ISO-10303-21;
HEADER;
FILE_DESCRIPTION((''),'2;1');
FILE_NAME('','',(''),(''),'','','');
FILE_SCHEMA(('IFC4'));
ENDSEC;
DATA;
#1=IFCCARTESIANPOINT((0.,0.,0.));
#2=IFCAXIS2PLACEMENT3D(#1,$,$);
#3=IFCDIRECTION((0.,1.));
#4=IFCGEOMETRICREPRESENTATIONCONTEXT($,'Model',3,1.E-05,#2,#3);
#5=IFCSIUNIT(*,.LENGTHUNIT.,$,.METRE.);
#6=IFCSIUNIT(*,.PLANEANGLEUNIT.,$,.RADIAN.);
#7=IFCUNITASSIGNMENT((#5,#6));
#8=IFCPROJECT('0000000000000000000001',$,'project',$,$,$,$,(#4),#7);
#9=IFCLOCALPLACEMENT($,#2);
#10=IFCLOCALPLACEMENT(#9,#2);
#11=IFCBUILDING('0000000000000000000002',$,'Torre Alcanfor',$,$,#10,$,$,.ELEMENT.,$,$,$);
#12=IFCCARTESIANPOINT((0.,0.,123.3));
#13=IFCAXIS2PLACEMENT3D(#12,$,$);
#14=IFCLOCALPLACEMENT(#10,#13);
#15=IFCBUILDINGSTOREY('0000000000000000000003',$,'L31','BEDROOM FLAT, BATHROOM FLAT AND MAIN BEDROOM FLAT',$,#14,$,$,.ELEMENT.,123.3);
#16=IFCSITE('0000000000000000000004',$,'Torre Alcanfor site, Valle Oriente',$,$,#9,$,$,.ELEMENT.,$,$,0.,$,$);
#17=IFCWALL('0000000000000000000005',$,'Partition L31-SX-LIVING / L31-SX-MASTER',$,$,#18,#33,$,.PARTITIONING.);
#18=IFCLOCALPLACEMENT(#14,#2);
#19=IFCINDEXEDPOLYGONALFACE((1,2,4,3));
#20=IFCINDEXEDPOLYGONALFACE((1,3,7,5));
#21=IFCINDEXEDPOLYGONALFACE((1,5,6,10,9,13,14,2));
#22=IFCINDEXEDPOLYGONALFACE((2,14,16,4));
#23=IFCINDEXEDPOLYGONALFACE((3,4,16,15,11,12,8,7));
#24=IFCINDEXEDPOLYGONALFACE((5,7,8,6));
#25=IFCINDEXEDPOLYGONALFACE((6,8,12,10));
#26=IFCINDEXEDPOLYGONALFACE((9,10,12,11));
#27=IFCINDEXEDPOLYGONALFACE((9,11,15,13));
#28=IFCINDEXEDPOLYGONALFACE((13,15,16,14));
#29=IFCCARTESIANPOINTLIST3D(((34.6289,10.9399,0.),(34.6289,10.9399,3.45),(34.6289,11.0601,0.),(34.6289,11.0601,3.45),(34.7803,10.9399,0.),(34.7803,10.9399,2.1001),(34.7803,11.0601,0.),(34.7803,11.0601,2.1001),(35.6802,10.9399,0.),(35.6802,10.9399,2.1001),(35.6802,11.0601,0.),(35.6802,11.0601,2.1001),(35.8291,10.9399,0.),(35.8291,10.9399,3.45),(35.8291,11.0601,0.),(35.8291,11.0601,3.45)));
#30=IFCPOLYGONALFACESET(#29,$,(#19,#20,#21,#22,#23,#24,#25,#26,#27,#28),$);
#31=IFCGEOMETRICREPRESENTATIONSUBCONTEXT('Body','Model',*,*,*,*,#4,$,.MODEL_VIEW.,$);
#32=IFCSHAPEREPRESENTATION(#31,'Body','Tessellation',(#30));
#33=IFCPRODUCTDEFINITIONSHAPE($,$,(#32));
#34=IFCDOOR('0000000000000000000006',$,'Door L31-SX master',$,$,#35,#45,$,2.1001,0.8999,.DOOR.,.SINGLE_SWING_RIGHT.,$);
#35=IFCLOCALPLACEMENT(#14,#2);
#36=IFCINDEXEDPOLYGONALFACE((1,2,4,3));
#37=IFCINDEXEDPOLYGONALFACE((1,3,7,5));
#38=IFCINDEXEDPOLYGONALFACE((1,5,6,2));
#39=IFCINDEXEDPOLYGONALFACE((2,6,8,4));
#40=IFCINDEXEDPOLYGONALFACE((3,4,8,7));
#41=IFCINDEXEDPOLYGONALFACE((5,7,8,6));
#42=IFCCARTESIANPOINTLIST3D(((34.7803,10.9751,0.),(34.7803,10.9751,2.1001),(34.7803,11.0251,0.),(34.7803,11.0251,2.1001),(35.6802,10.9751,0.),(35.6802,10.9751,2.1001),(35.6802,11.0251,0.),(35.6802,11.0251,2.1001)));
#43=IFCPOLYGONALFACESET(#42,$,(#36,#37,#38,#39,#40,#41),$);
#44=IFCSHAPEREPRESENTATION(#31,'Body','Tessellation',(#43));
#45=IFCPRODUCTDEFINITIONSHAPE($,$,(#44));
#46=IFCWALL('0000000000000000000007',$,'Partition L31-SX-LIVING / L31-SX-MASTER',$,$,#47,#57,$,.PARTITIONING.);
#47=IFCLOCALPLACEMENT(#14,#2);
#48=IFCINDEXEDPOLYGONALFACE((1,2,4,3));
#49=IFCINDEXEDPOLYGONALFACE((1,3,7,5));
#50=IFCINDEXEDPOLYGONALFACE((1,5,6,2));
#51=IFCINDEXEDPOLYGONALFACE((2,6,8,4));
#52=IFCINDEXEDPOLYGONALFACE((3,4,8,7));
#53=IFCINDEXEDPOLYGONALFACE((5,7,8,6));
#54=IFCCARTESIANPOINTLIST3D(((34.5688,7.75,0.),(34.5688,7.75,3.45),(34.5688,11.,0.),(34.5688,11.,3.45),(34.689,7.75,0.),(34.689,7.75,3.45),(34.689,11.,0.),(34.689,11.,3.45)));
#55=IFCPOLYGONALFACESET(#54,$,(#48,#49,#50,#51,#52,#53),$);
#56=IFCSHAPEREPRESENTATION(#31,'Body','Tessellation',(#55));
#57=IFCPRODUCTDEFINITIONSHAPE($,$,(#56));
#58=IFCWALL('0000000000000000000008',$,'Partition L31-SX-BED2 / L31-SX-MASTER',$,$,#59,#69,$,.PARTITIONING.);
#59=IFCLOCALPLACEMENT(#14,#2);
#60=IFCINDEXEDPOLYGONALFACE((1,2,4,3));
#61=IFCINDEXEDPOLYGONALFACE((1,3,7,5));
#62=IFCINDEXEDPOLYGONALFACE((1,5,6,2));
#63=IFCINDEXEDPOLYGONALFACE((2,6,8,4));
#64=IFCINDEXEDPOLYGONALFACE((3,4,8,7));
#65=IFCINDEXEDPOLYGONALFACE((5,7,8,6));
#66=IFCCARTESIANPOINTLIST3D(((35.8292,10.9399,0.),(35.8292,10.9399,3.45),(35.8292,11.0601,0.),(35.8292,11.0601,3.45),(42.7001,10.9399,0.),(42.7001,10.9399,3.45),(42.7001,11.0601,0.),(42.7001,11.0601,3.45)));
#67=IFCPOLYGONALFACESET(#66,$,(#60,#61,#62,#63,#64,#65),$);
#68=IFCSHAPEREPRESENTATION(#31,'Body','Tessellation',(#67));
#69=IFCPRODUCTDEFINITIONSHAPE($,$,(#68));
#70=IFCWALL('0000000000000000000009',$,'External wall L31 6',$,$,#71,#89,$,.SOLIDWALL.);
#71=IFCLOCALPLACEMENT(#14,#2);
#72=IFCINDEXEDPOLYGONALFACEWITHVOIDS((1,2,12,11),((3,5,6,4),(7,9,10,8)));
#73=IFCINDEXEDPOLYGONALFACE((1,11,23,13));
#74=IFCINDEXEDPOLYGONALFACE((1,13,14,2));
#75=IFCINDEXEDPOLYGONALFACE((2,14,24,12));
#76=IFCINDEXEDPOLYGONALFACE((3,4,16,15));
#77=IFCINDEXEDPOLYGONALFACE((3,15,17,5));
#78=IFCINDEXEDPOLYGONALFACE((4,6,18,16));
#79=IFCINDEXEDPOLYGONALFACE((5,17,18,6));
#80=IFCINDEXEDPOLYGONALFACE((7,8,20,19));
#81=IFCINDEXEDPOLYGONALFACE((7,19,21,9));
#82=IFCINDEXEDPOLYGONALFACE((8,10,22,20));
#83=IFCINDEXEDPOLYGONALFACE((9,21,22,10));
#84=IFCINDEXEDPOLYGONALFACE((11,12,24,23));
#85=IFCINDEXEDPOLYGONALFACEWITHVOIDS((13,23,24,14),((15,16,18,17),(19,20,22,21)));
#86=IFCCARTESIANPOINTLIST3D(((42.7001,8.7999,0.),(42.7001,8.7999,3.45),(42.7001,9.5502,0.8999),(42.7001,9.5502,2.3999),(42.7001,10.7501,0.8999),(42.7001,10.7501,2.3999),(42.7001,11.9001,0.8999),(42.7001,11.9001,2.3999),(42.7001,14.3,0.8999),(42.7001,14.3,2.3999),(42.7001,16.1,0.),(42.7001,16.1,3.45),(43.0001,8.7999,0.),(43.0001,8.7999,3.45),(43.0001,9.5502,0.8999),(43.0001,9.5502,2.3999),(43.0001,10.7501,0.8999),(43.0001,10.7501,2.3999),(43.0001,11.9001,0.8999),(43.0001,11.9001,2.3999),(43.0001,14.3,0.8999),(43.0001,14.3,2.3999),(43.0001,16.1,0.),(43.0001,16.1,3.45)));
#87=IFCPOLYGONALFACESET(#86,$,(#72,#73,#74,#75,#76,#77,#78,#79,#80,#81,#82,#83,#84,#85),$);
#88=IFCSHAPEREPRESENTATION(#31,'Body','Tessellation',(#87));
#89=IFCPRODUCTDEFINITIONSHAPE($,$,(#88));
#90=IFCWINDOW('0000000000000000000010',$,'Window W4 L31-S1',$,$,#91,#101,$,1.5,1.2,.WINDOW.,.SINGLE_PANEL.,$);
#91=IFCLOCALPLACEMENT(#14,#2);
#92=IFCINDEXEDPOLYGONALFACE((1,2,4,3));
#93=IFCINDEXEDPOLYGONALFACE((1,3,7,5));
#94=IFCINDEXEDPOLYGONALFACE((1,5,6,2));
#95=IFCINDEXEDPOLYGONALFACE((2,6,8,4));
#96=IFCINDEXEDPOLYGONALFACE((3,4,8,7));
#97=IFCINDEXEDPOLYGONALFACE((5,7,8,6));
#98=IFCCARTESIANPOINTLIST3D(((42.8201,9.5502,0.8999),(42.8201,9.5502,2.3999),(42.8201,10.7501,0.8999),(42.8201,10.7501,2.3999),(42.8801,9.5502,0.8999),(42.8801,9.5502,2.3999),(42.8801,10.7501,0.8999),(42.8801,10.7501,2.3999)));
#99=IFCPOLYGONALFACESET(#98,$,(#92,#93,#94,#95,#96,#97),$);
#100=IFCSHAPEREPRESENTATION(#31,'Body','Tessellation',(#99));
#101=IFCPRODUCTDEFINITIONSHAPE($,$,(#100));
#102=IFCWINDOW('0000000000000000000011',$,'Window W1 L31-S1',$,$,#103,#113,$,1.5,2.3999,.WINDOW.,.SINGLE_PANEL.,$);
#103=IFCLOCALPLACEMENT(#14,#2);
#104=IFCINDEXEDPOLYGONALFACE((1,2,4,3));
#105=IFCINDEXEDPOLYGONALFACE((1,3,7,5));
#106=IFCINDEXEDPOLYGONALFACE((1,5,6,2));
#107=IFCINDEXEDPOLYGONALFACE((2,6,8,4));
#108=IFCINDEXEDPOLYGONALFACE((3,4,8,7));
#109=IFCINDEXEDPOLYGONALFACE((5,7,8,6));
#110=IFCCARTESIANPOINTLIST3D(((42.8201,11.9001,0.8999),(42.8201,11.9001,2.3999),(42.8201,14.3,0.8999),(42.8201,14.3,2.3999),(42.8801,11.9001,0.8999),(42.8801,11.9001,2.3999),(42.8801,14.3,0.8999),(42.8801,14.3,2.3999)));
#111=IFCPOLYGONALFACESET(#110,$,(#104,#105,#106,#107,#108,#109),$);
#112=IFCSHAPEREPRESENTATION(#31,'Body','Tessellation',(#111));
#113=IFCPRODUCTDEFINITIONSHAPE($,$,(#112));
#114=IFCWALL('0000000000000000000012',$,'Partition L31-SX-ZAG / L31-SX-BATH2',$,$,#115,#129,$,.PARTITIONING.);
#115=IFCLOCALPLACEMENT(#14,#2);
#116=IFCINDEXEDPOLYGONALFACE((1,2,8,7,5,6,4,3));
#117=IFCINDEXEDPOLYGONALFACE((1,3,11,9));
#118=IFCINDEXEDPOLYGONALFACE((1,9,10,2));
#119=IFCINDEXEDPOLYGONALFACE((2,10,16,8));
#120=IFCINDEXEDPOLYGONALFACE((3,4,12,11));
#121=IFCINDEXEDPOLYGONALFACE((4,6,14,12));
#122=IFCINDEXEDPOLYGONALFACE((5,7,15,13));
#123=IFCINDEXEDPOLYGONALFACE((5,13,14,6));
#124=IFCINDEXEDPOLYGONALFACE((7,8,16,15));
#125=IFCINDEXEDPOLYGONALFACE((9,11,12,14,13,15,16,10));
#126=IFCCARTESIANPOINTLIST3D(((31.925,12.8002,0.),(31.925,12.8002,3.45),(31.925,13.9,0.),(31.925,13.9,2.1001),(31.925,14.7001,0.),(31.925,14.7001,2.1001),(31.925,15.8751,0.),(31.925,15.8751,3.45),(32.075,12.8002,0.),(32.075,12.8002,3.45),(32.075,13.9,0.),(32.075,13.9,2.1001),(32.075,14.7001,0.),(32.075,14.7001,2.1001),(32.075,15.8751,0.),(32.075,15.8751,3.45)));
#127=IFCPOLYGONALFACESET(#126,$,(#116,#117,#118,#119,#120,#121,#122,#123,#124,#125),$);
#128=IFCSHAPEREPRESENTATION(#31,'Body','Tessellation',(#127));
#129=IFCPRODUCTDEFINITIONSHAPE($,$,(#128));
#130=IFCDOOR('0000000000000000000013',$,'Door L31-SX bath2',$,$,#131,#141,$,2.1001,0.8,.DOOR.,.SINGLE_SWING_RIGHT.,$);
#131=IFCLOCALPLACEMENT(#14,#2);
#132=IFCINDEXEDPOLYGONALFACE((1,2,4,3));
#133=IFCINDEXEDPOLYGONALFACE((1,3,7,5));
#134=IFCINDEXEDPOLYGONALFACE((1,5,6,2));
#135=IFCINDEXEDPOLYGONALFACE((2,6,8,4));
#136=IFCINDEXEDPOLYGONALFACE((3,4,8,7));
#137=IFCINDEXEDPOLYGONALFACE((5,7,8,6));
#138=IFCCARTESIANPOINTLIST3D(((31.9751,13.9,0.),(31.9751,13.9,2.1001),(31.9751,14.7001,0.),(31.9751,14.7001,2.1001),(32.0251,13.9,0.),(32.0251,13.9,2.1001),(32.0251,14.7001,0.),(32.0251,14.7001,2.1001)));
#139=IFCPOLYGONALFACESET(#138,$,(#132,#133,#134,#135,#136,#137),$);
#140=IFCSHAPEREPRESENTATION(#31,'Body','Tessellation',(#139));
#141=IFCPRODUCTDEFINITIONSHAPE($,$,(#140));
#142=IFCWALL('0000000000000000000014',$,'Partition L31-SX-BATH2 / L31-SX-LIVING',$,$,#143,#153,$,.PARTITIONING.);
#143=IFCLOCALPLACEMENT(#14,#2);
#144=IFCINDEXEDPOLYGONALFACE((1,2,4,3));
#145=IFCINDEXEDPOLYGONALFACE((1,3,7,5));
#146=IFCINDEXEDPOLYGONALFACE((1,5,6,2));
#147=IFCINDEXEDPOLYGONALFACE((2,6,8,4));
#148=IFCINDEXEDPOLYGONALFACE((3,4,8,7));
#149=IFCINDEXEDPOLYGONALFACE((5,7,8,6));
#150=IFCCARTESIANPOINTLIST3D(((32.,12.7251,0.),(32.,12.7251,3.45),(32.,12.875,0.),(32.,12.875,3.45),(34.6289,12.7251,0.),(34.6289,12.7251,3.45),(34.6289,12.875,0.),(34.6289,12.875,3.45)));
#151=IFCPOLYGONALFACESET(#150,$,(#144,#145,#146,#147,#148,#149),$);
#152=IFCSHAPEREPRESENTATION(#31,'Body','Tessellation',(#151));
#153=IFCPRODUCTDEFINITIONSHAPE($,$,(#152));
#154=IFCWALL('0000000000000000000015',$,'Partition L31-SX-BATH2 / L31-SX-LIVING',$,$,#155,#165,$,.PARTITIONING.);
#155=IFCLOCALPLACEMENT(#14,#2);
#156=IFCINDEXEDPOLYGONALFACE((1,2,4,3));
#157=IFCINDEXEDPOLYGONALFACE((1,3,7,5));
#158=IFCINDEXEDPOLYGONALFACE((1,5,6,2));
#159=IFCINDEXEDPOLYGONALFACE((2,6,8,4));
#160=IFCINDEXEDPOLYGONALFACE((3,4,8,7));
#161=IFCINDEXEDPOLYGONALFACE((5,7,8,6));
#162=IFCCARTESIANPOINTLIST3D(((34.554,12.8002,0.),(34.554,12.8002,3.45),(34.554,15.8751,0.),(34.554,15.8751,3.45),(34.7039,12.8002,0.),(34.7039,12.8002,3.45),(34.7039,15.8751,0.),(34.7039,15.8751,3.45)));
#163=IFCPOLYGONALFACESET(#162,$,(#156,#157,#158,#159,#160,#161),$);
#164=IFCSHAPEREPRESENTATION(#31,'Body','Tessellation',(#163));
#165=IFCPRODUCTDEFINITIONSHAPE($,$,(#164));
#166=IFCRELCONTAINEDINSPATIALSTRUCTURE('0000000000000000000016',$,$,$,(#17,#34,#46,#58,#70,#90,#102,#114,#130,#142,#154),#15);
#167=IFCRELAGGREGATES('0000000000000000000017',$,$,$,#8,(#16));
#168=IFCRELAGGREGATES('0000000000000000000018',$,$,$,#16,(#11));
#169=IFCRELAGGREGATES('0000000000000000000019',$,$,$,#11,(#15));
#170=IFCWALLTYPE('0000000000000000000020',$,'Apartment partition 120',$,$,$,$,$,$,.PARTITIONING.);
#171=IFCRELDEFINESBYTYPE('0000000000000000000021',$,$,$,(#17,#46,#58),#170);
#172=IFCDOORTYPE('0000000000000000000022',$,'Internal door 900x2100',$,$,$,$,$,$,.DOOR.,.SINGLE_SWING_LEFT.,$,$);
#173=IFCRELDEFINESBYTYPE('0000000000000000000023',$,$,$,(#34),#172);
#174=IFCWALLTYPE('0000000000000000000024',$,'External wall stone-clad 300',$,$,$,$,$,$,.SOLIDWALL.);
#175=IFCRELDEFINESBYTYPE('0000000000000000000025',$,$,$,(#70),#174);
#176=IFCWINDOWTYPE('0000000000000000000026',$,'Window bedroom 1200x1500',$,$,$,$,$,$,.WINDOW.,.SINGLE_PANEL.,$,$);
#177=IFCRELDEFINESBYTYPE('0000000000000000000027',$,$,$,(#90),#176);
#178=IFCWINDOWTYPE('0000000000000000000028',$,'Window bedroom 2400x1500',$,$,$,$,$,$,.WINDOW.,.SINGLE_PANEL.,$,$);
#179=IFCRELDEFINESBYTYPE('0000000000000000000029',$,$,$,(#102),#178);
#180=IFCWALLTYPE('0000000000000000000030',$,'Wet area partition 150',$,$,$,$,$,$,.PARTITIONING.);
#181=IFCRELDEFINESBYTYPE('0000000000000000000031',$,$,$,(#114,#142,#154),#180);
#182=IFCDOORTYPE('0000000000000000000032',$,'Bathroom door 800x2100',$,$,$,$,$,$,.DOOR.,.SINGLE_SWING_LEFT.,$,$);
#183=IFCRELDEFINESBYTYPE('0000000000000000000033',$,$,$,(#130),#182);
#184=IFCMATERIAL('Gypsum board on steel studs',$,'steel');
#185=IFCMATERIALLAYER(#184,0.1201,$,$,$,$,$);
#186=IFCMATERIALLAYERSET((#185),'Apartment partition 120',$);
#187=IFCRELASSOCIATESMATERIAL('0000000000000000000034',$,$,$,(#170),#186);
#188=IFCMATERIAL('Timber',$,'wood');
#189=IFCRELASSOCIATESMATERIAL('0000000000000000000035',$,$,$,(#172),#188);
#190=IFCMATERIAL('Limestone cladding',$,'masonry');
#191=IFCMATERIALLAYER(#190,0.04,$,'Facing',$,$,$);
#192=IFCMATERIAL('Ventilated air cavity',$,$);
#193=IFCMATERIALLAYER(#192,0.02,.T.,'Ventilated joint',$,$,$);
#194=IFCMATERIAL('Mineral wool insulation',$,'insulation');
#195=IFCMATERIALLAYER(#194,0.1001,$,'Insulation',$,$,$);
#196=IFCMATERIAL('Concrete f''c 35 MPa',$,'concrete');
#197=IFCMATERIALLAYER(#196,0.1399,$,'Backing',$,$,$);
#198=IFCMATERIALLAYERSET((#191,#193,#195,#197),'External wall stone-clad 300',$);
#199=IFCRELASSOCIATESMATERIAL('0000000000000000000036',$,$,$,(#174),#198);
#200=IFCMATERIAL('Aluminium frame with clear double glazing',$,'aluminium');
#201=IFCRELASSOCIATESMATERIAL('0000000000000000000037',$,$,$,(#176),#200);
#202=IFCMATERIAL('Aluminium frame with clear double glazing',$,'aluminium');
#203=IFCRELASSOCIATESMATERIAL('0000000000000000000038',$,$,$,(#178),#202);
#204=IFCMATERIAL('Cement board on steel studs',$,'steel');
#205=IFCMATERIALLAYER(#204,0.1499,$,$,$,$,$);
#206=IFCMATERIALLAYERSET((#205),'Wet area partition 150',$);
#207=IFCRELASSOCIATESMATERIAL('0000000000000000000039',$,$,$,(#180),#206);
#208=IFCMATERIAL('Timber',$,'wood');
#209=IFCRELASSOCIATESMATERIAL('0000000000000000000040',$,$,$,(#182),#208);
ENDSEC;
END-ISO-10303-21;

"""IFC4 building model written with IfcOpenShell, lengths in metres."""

from ifc_helpers import new_model, si_unit, direction, frame, frame_2d, origin, place, context, subcontext, project, spatial, rectangle, extrude, material, layer, layer_set, type_object, element, fill, save


model = new_model("IFC4")

# Units and contexts
model_context = context("Model", 3, precision=1e-05, world=origin(), true_north=direction((0.0, 1.0)))
body_context = subcontext(model_context, "Body", "Model", "MODEL_VIEW")
ifc_project = project(units=[si_unit("LENGTHUNIT", "METRE"), si_unit("PLANEANGLEUNIT", "RADIAN")], contexts=[model_context])

# Site, building, storey
site_placement = place(None, origin())
site = spatial("IfcSite", under=ifc_project, at=site_placement, Name="Torre Alcanfor site, Valle Oriente", CompositionType="ELEMENT", RefElevation=0.0)
building_placement = place(site_placement, origin())
building = spatial("IfcBuilding", under=site, at=building_placement, Name="Torre Alcanfor", CompositionType="ELEMENT")
storey_placement = place(building_placement, frame((0.0, 0.0, 123.3)))
storey = spatial("IfcBuildingStorey", under=building, at=storey_placement, Name="L31", Description="BEDROOM FLAT, BATHROOM FLAT AND MAIN BEDROOM FLAT", CompositionType="ELEMENT", Elevation=123.3)

# Wall, opening, door
ifc_material_1 = material(Name="Gypsum board on steel studs", Category="steel")
ifc_layer_1 = layer(ifc_material_1, 0.1201)
ifc_layer_set_1 = layer_set([ifc_layer_1], Name="Apartment partition 120")
wall_type_1 = type_object("IfcWallType", Name="Apartment partition 120", PredefinedType="PARTITIONING", material=ifc_layer_set_1)
wall_1_placement = place(storey_placement, frame((35.8291, 11.0, 0.0), z_axis=(0.0, 0.0, 1.0), x_axis=(-1.0, 0.0, 0.0)))
wall_1 = element("IfcWall", 1, at=wall_1_placement, inside=storey, type_object=wall_type_1, Name="Partition L31-SX-LIVING / L31-SX-MASTER", PredefinedType="PARTITIONING", context=body_context, shape_type="SweptSolid", body=[
    extrude(rectangle(XDim=1.2002, YDim=0.1201, at=frame_2d((0.6001, 0.0))), origin(), (0.0, 0.0, 1.0), 3.45),
])
opening_1_placement = place(wall_1_placement, frame((0.1489, 0.0, 0.0)))
opening_1 = element("IfcOpeningElement", 2, at=opening_1_placement, cuts=wall_1, PredefinedType="OPENING", context=body_context, shape_type="SweptSolid", body=[
    extrude(rectangle(XDim=0.8999, YDim=2.1001, at=frame_2d((0.45, 1.05))), frame((0.0, 0.0701, 0.0), z_axis=(0.0, -1.0, 0.0), x_axis=(1.0, 0.0, 0.0)), (0.0, 0.0, 1.0), 0.1401),
])
ifc_material_2 = material(Name="Timber", Category="wood")
door_type_1 = type_object("IfcDoorType", Name="Internal door 900x2100", OperationType="SINGLE_SWING_LEFT", PredefinedType="DOOR", material=ifc_material_2)
door_1_placement = place(opening_1_placement, origin())
door_1 = element("IfcDoor", 3, at=door_1_placement, inside=storey, type_object=door_type_1, Name="Door L31-SX master", OperationType="SINGLE_SWING_RIGHT", OverallHeight=2.1001, OverallWidth=0.8999, PredefinedType="DOOR", context=body_context, shape_type="SweptSolid", body=[
    extrude(rectangle(XDim=0.8999, YDim=2.1001, at=frame_2d((0.45, 1.05))), frame((0.0, 0.0249, 0.0), z_axis=(0.0, -1.0, 0.0), x_axis=(1.0, 0.0, 0.0)), (0.0, 0.0, 1.0), 0.05),
])
fill(opening_1, door_1)

# Walls
wall_2_placement = place(storey_placement, frame((34.6289, 11.0, 0.0), z_axis=(0.0, 0.0, 1.0), x_axis=(0.0, -1.0, 0.0)))
element("IfcWall", 4, at=wall_2_placement, inside=storey, type_object=wall_type_1, Name="Partition L31-SX-LIVING / L31-SX-MASTER", PredefinedType="PARTITIONING", context=body_context, shape_type="SweptSolid", body=[
    extrude(rectangle(XDim=3.25, YDim=0.1201, at=frame_2d((1.625, 0.0))), origin(), (0.0, 0.0, 1.0), 3.45),
])
wall_3_placement = place(storey_placement, frame((35.8291, 11.0, 0.0), z_axis=(0.0, 0.0, 1.0), x_axis=(1.0, 0.0, 0.0)))
element("IfcWall", 5, at=wall_3_placement, inside=storey, type_object=wall_type_1, Name="Partition L31-SX-BED2 / L31-SX-MASTER", PredefinedType="PARTITIONING", context=body_context, shape_type="SweptSolid", body=[
    extrude(rectangle(XDim=6.8708, YDim=0.1201, at=frame_2d((3.4355, 0.0))), origin(), (0.0, 0.0, 1.0), 3.45),
])

# Wall, openings, windows
ifc_material_3 = material(Name="Limestone cladding", Category="masonry")
ifc_layer_2 = layer(ifc_material_3, 0.04, Name="Facing")
ifc_material_4 = material(Name="Ventilated air cavity")
ifc_layer_3 = layer(ifc_material_4, 0.02, ventilated=True, Name="Ventilated joint")
ifc_material_5 = material(Name="Mineral wool insulation", Category="insulation")
ifc_layer_4 = layer(ifc_material_5, 0.1001, Name="Insulation")
ifc_material_6 = material(Name="Concrete f'c 35 MPa", Category="concrete")
ifc_layer_5 = layer(ifc_material_6, 0.1399, Name="Backing")
ifc_layer_set_2 = layer_set([ifc_layer_2, ifc_layer_3, ifc_layer_4, ifc_layer_5], Name="External wall stone-clad 300")
wall_type_2 = type_object("IfcWallType", Name="External wall stone-clad 300", PredefinedType="SOLIDWALL", material=ifc_layer_set_2)
wall_4_placement = place(storey_placement, frame((42.8501, 8.8, 0.0), z_axis=(0.0, 0.0, 1.0), x_axis=(0.0, 1.0, 0.0)))
wall_4 = element("IfcWall", 6, at=wall_4_placement, inside=storey, type_object=wall_type_2, Name="External wall L31 6", PredefinedType="SOLIDWALL", context=body_context, shape_type="SweptSolid", body=[
    extrude(rectangle(XDim=7.3, YDim=0.3, at=frame_2d((3.6499, 0.0))), origin(), (0.0, 0.0, 1.0), 3.45),
])
opening_2_placement = place(wall_4_placement, frame((3.1001, 0.0, 0.8999)))
opening_2 = element("IfcOpeningElement", 7, at=opening_2_placement, cuts=wall_4, PredefinedType="OPENING", context=body_context, shape_type="SweptSolid", body=[
    extrude(rectangle(XDim=2.3999, YDim=1.5, at=frame_2d((1.2, 0.75))), frame((0.0, 0.1599, 0.0), z_axis=(0.0, -1.0, 0.0), x_axis=(1.0, 0.0, 0.0)), (0.0, 0.0, 1.0), 0.3201),
])
opening_3_placement = place(wall_4_placement, frame((0.75, 0.0, 0.8999)))
opening_3 = element("IfcOpeningElement", 8, at=opening_3_placement, cuts=wall_4, PredefinedType="OPENING", context=body_context, shape_type="SweptSolid", body=[
    extrude(rectangle(XDim=1.2, YDim=1.5, at=frame_2d((0.6001, 0.75))), frame((0.0, 0.1599, 0.0), z_axis=(0.0, -1.0, 0.0), x_axis=(1.0, 0.0, 0.0)), (0.0, 0.0, 1.0), 0.3201),
])
ifc_material_7 = material(Name="Aluminium frame with clear double glazing", Category="aluminium")
window_type_1 = type_object("IfcWindowType", Name="Window bedroom 1200x1500", PartitioningType="SINGLE_PANEL", PredefinedType="WINDOW", material=ifc_material_7)
window_1_placement = place(opening_3_placement, origin())
window_1 = element("IfcWindow", 9, at=window_1_placement, inside=storey, type_object=window_type_1, Name="Window W4 L31-S1", OverallHeight=1.5, OverallWidth=1.2, PartitioningType="SINGLE_PANEL", PredefinedType="WINDOW", context=body_context, shape_type="SweptSolid", body=[
    extrude(rectangle(XDim=1.2, YDim=1.5, at=frame_2d((0.6001, 0.75))), frame((0.0, 0.03, 0.0), z_axis=(0.0, -1.0, 0.0), x_axis=(1.0, 0.0, 0.0)), (0.0, 0.0, 1.0), 0.0601),
])
fill(opening_3, window_1)
ifc_material_8 = material(Name="Aluminium frame with clear double glazing", Category="aluminium")
window_type_2 = type_object("IfcWindowType", Name="Window bedroom 2400x1500", PartitioningType="SINGLE_PANEL", PredefinedType="WINDOW", material=ifc_material_8)
window_2_placement = place(opening_2_placement, origin())
window_2 = element("IfcWindow", 10, at=window_2_placement, inside=storey, type_object=window_type_2, Name="Window W1 L31-S1", OverallHeight=1.5, OverallWidth=2.3999, PartitioningType="SINGLE_PANEL", PredefinedType="WINDOW", context=body_context, shape_type="SweptSolid", body=[
    extrude(rectangle(XDim=2.3999, YDim=1.5, at=frame_2d((1.2, 0.75))), frame((0.0, 0.03, 0.0), z_axis=(0.0, -1.0, 0.0), x_axis=(1.0, 0.0, 0.0)), (0.0, 0.0, 1.0), 0.0601),
])
fill(opening_2, window_2)

# Wall, opening, door
ifc_material_9 = material(Name="Cement board on steel studs", Category="steel")
ifc_layer_6 = layer(ifc_material_9, 0.1499)
ifc_layer_set_3 = layer_set([ifc_layer_6], Name="Wet area partition 150")
wall_type_3 = type_object("IfcWallType", Name="Wet area partition 150", PredefinedType="PARTITIONING", material=ifc_layer_set_3)
wall_5_placement = place(storey_placement, frame((32.0, 12.8, 0.0), z_axis=(0.0, 0.0, 1.0), x_axis=(0.0, 1.0, 0.0)))
wall_5 = element("IfcWall", 11, at=wall_5_placement, inside=storey, type_object=wall_type_3, Name="Partition L31-SX-ZAG / L31-SX-BATH2", PredefinedType="PARTITIONING", context=body_context, shape_type="SweptSolid", body=[
    extrude(rectangle(XDim=3.075, YDim=0.1499, at=frame_2d((1.5376, 0.0))), origin(), (0.0, 0.0, 1.0), 3.45),
])
opening_4_placement = place(wall_5_placement, frame((1.1001, 0.0, 0.0)))
opening_4 = element("IfcOpeningElement", 12, at=opening_4_placement, cuts=wall_5, PredefinedType="OPENING", context=body_context, shape_type="SweptSolid", body=[
    extrude(rectangle(XDim=0.8, YDim=2.1001, at=frame_2d((0.3999, 1.05))), frame((0.0, 0.085, 0.0), z_axis=(0.0, -1.0, 0.0), x_axis=(1.0, 0.0, 0.0)), (0.0, 0.0, 1.0), 0.1699),
])
ifc_material_10 = material(Name="Timber", Category="wood")
door_type_2 = type_object("IfcDoorType", Name="Bathroom door 800x2100", OperationType="SINGLE_SWING_LEFT", PredefinedType="DOOR", material=ifc_material_10)
door_2_placement = place(opening_4_placement, frame((0.8, 0.0, 0.0), z_axis=(0.0, 0.0, 1.0), x_axis=(-1.0, 0.0, 0.0)))
door_2 = element("IfcDoor", 13, at=door_2_placement, inside=storey, type_object=door_type_2, Name="Door L31-SX bath2", OperationType="SINGLE_SWING_RIGHT", OverallHeight=2.1001, OverallWidth=0.8, PredefinedType="DOOR", context=body_context, shape_type="SweptSolid", body=[
    extrude(rectangle(XDim=0.8, YDim=2.1001, at=frame_2d((0.4001, 1.05))), frame((0.0, 0.0251, 0.0), z_axis=(0.0, -1.0, 0.0), x_axis=(1.0, 0.0, 0.0)), (0.0, 0.0, 1.0), 0.05),
])
fill(opening_4, door_2)

# Walls
wall_6_placement = place(storey_placement, frame((32.0, 12.8, 0.0), z_axis=(0.0, 0.0, 1.0), x_axis=(1.0, 0.0, 0.0)))
element("IfcWall", 14, at=wall_6_placement, inside=storey, type_object=wall_type_3, Name="Partition L31-SX-BATH2 / L31-SX-LIVING", PredefinedType="PARTITIONING", context=body_context, shape_type="SweptSolid", body=[
    extrude(rectangle(XDim=2.6289, YDim=0.1499, at=frame_2d((1.3145, 0.0))), origin(), (0.0, 0.0, 1.0), 3.45),
])
wall_7_placement = place(storey_placement, frame((34.6289, 12.8, 0.0), z_axis=(0.0, 0.0, 1.0), x_axis=(0.0, 1.0, 0.0)))
element("IfcWall", 15, at=wall_7_placement, inside=storey, type_object=wall_type_3, Name="Partition L31-SX-BATH2 / L31-SX-LIVING", PredefinedType="PARTITIONING", context=body_context, shape_type="SweptSolid", body=[
    extrude(rectangle(XDim=3.075, YDim=0.1499, at=frame_2d((1.5376, 0.0))), origin(), (0.0, 0.0, 1.0), 3.45),
])

save(model, "model.ifc")
